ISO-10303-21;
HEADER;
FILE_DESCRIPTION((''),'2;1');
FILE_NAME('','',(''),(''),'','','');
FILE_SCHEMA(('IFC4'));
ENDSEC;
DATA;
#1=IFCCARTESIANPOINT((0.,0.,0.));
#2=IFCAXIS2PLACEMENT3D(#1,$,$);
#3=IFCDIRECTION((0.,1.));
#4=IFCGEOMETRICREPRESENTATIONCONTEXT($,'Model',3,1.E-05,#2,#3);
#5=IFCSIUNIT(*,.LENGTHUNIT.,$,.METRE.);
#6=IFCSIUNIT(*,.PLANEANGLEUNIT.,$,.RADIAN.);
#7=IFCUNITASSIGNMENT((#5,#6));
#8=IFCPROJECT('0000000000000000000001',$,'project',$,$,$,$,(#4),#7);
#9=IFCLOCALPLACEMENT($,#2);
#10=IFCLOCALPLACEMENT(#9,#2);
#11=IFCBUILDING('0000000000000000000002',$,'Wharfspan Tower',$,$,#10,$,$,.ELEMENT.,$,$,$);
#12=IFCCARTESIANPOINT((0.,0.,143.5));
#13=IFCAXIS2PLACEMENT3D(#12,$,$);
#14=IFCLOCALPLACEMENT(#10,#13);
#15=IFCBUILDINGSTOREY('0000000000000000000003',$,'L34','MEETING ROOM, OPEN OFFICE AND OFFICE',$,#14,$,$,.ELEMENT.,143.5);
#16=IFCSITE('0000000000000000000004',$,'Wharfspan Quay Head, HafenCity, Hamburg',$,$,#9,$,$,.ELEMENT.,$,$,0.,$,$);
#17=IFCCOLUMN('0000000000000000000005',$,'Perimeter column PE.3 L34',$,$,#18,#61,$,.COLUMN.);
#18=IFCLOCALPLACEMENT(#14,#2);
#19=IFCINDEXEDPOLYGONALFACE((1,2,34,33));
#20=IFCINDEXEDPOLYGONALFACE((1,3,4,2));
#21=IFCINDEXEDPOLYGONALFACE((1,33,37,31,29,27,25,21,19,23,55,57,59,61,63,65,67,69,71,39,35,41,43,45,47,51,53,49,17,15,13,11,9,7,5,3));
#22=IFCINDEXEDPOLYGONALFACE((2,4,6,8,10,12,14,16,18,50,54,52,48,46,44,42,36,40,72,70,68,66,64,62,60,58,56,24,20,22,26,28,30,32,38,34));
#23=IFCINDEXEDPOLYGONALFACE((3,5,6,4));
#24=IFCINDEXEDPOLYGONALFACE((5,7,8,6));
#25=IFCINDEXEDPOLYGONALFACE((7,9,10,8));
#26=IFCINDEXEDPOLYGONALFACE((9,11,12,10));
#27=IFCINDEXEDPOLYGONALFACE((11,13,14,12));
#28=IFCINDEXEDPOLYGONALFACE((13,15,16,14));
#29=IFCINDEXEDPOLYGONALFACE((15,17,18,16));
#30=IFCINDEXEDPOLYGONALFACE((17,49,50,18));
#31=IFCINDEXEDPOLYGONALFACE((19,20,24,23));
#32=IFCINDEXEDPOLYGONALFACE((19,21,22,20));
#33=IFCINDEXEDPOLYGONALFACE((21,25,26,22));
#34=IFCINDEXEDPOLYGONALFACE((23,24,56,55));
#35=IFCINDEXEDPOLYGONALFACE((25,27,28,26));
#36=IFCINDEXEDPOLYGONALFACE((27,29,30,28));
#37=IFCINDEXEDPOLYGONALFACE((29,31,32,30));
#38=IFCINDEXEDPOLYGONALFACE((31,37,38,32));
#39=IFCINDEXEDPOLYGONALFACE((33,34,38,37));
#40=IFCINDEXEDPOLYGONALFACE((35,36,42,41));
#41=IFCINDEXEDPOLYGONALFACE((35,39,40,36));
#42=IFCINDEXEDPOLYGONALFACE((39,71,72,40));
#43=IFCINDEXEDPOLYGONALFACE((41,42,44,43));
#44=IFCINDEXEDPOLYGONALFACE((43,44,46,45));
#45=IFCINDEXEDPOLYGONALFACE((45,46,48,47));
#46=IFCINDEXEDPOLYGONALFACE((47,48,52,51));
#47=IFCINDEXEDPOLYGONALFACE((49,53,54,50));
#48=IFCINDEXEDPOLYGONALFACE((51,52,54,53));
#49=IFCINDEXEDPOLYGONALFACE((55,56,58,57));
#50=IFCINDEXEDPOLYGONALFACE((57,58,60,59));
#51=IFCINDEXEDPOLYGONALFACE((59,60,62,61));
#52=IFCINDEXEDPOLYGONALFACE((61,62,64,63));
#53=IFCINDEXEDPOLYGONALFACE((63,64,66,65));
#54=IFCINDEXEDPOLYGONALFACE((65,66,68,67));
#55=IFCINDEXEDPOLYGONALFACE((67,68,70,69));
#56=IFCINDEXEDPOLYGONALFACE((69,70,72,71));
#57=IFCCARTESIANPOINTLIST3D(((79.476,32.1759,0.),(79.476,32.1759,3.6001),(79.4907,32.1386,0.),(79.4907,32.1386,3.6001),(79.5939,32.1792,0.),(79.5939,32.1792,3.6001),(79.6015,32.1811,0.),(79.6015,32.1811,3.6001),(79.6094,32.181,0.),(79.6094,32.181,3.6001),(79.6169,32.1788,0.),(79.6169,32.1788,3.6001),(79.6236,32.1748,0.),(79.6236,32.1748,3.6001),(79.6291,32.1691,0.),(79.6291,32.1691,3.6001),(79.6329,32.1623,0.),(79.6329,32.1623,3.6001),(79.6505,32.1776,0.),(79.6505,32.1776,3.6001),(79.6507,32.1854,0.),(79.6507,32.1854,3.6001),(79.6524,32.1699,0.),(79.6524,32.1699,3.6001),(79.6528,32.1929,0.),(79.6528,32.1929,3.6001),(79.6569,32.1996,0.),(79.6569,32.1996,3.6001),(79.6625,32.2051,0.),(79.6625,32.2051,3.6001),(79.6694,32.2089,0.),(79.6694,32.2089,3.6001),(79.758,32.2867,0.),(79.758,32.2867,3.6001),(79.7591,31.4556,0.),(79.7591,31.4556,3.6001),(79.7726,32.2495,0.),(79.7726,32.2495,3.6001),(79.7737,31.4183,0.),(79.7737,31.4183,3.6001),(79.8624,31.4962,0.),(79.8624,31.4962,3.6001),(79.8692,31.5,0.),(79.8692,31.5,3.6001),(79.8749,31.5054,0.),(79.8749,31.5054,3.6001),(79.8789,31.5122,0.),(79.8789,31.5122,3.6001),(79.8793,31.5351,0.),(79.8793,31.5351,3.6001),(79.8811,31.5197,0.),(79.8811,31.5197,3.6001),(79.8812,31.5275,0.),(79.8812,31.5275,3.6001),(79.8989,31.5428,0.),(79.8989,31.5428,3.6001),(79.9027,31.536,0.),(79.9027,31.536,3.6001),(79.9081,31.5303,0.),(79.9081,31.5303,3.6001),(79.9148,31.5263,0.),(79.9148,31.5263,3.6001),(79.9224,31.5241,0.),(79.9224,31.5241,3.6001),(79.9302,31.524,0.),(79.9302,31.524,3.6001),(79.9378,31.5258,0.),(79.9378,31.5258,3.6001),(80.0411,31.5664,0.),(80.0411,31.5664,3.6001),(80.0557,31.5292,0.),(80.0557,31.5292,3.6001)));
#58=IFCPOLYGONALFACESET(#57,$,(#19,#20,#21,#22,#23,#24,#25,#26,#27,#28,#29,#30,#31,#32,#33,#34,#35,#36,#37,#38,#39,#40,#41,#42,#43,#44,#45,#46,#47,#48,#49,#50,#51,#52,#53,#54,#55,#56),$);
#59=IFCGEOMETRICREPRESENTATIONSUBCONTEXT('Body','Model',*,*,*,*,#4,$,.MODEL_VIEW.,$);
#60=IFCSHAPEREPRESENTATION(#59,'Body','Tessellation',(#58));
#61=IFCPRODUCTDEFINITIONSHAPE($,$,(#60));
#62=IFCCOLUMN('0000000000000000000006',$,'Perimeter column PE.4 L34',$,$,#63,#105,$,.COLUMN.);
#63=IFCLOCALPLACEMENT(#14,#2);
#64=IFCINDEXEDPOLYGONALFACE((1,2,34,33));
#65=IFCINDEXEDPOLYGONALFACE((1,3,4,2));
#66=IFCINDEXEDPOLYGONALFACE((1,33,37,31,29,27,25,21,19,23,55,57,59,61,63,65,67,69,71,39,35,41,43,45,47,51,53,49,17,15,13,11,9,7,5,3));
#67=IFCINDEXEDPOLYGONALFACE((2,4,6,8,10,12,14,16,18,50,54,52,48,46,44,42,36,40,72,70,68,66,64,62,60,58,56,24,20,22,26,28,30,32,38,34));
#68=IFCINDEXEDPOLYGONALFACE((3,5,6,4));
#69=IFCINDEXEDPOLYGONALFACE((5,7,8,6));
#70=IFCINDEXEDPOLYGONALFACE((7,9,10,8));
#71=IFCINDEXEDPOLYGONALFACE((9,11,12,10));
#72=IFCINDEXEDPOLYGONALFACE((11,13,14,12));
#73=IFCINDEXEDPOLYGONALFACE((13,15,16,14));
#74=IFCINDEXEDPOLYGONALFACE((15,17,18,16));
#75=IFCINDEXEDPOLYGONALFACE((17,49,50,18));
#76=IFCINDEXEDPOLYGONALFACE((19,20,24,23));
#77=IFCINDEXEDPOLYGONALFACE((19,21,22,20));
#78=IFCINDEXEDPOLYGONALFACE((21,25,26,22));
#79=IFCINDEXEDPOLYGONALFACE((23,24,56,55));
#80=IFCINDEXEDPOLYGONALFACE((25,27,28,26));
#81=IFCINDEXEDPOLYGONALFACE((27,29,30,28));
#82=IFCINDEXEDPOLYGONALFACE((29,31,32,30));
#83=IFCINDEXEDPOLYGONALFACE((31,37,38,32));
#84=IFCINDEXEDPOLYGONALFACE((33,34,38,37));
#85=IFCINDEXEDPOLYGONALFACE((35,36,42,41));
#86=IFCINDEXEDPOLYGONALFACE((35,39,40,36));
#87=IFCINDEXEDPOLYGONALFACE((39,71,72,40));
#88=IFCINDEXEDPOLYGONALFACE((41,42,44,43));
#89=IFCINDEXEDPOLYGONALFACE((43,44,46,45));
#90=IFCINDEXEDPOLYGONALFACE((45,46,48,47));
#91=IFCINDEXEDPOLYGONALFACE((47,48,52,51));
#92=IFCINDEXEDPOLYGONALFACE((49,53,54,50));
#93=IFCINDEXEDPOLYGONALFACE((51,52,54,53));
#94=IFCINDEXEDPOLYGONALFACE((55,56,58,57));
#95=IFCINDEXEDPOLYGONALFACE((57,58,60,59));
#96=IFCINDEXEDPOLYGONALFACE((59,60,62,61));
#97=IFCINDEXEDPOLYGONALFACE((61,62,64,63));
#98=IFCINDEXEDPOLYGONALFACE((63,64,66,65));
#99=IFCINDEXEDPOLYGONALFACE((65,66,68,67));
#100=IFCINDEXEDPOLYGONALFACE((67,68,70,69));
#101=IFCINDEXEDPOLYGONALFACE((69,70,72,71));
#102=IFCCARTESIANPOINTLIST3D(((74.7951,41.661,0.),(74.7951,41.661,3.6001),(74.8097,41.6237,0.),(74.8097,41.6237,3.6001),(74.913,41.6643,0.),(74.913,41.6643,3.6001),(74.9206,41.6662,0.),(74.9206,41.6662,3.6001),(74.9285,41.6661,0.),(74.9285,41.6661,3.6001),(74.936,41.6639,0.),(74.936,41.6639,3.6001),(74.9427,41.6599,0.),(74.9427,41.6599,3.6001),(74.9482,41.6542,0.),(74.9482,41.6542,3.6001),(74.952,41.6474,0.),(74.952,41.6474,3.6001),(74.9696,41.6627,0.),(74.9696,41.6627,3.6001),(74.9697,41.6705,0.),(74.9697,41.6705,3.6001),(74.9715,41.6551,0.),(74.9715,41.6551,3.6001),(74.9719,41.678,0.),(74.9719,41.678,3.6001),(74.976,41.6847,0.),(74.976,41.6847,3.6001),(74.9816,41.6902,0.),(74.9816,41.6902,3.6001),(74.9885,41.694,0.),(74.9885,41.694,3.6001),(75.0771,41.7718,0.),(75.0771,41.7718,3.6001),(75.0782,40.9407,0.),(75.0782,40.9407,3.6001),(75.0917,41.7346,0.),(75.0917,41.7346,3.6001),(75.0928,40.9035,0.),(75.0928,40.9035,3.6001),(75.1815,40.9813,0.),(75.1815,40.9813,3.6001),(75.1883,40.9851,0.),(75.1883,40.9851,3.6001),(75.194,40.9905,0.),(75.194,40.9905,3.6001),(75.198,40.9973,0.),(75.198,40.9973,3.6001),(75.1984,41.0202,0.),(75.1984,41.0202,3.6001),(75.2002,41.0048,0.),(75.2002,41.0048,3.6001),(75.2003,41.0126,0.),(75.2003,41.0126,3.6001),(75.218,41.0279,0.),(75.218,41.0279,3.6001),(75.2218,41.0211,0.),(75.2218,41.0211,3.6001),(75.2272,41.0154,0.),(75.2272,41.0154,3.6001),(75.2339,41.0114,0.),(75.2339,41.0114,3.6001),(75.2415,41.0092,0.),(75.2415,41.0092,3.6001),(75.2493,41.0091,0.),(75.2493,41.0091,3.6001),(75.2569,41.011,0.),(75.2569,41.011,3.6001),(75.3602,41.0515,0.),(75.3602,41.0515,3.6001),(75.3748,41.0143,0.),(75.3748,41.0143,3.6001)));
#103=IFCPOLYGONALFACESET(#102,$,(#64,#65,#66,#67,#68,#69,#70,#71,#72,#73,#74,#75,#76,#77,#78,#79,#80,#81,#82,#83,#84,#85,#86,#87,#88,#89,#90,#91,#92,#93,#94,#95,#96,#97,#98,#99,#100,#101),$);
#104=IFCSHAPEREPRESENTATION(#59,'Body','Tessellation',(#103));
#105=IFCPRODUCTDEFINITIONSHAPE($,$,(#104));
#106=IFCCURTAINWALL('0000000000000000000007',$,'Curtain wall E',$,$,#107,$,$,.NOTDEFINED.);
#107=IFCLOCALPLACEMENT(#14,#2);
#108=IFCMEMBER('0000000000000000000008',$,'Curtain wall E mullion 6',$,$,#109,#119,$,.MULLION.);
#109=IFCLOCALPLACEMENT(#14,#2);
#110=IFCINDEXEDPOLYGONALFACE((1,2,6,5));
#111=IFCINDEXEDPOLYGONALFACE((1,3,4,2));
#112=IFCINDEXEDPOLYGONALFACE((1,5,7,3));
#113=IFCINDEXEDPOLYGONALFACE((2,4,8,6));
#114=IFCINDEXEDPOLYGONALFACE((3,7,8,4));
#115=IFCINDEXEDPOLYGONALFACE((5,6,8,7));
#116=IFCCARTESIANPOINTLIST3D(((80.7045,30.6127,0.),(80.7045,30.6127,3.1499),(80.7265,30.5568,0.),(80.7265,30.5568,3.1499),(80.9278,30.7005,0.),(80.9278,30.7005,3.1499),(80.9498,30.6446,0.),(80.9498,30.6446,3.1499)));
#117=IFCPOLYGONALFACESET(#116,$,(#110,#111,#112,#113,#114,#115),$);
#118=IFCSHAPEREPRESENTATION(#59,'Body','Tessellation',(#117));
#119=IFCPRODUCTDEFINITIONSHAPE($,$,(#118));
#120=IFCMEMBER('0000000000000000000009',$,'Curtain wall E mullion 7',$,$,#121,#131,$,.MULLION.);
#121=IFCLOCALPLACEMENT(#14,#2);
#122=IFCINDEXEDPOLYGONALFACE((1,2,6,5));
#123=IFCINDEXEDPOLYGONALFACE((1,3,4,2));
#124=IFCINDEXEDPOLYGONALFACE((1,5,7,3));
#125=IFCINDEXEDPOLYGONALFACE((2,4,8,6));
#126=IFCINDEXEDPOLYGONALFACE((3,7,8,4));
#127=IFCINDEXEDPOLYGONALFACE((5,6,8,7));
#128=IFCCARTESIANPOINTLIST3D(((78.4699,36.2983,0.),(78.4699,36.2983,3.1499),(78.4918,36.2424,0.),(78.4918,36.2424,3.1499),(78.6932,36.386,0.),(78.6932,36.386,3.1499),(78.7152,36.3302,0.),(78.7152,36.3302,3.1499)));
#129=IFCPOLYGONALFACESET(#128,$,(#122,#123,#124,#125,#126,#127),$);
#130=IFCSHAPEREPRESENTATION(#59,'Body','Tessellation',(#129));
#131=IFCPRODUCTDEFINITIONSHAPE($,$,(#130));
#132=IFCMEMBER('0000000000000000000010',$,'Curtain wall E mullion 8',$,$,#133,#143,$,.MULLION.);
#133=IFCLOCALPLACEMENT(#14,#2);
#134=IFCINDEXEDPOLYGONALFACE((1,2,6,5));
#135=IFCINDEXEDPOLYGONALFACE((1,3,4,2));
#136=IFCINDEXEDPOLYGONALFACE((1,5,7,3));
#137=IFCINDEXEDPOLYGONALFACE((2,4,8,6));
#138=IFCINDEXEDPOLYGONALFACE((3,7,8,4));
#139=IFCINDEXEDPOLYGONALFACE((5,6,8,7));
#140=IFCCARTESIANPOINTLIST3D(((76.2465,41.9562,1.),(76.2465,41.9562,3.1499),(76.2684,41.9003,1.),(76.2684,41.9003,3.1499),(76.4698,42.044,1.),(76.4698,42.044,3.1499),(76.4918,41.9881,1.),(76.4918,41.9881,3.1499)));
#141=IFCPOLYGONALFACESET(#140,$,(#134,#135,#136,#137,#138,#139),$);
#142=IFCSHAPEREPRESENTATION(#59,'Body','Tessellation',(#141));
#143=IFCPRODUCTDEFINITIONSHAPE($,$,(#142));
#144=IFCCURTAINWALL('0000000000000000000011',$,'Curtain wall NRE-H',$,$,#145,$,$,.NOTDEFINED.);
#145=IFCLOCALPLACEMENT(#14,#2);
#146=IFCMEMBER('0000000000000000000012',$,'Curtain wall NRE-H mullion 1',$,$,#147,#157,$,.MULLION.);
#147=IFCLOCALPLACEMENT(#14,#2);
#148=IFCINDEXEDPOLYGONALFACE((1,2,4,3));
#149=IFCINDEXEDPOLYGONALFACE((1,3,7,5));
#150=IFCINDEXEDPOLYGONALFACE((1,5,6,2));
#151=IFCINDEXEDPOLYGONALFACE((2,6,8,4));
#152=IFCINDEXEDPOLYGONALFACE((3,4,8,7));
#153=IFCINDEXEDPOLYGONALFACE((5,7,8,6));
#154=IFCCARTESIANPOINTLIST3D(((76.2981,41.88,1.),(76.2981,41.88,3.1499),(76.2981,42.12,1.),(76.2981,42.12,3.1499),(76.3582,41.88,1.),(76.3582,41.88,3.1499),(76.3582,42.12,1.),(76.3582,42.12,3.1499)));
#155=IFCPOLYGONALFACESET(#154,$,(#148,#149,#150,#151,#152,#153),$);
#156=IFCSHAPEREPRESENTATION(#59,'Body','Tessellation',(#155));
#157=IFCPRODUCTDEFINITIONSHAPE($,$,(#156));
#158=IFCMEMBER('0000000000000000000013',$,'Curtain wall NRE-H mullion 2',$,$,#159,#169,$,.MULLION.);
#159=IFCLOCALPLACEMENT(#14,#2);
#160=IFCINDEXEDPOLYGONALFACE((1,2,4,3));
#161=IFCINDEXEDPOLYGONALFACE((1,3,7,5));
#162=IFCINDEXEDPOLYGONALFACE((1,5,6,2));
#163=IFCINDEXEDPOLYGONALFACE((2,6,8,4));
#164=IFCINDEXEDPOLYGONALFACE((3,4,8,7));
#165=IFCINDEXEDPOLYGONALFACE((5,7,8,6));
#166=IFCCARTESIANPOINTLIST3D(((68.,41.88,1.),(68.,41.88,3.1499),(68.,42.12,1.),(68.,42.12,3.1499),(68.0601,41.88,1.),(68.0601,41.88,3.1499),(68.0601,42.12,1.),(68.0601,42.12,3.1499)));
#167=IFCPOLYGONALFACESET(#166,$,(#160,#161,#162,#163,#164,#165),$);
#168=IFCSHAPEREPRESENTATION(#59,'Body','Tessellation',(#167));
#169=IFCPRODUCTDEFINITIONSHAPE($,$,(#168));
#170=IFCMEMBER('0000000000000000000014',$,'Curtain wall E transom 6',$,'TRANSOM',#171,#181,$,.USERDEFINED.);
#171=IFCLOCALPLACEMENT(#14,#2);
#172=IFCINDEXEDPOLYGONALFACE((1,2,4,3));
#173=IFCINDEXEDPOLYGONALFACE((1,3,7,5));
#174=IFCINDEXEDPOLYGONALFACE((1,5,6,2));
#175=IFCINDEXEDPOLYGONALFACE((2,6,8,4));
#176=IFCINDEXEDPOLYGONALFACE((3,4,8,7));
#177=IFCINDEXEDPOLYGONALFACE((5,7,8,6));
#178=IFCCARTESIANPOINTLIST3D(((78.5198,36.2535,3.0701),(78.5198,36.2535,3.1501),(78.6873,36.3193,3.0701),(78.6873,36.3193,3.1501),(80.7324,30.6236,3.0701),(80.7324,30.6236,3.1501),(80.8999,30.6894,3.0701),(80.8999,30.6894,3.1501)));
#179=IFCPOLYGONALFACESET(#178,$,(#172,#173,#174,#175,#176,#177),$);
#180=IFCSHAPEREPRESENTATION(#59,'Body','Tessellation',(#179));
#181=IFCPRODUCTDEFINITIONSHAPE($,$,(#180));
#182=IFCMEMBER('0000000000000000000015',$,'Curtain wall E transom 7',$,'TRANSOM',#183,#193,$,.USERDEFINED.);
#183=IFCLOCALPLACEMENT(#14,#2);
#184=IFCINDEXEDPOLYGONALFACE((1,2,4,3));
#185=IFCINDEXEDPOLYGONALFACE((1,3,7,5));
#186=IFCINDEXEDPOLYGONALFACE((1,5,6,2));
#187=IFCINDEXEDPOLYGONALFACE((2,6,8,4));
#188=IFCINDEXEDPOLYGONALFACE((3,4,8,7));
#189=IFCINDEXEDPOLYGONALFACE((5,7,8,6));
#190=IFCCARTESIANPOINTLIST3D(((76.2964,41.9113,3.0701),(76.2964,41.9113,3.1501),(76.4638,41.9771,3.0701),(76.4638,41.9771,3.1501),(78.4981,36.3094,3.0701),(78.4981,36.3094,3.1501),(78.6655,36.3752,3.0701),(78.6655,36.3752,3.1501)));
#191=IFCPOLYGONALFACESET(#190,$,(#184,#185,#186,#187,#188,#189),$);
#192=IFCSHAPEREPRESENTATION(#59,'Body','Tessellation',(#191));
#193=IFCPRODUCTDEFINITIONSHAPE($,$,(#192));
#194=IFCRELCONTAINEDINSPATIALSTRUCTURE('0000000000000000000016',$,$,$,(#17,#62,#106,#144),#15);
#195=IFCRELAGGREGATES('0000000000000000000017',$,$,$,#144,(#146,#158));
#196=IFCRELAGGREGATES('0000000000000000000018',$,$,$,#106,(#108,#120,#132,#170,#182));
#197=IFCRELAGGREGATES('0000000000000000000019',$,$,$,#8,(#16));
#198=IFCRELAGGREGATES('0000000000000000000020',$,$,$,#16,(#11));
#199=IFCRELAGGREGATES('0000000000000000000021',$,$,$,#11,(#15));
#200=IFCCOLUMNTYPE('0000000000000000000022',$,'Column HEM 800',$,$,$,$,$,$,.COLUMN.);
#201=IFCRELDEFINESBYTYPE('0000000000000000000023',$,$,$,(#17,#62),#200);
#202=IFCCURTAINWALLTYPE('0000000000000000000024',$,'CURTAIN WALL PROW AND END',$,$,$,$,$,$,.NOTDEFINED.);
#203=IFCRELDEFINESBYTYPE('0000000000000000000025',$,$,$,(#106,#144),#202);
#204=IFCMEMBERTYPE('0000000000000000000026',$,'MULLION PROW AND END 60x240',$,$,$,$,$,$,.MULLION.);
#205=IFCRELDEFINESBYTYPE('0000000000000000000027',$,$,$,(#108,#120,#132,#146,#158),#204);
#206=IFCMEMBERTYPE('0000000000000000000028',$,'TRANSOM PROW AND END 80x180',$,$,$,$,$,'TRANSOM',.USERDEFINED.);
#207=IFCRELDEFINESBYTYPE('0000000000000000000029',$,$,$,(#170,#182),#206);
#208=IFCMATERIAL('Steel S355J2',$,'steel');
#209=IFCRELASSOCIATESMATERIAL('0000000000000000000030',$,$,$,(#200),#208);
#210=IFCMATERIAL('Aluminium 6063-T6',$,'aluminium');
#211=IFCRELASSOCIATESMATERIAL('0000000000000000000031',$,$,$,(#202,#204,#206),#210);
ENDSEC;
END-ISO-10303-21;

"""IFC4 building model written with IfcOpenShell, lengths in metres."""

from ifc_helpers import new_model, si_unit, direction, frame, origin, origin_2d, place, context, subcontext, project, spatial, rectangle, i_section, extrude, material, material_profile, profile_set, type_object, element, aggregate, save


model = new_model("IFC4")

# Units and contexts
model_context = context("Model", 3, precision=1e-05, world=origin(), true_north=direction((0.0, 1.0)))
body_context = subcontext(model_context, "Body", "Model", "MODEL_VIEW")
ifc_project = project(units=[si_unit("LENGTHUNIT", "METRE"), si_unit("PLANEANGLEUNIT", "RADIAN")], contexts=[model_context])

# Site, building, storey
site_placement = place(None, origin())
site = spatial("IfcSite", under=ifc_project, at=site_placement, Name="Wharfspan Quay Head, HafenCity, Hamburg", CompositionType="ELEMENT", RefElevation=0.0)
building_placement = place(site_placement, origin())
building = spatial("IfcBuilding", under=site, at=building_placement, Name="Wharfspan Tower", CompositionType="ELEMENT")
storey_placement = place(building_placement, frame((0.0, 0.0, 143.5)))
storey = spatial("IfcBuildingStorey", under=building, at=storey_placement, Name="L34", Description="MEETING ROOM, OPEN OFFICE AND OFFICE", CompositionType="ELEMENT", Elevation=143.5)

# Columns
ifc_material_1 = material(Name="Steel S355J2", Category="steel")
ifc_material_profile_1 = material_profile(ifc_material_1, i_section(OverallWidth=0.303, OverallDepth=0.814, WebThickness=0.021, FlangeThickness=0.04, FilletRadius=0.03, at=origin_2d()))
ifc_profile_set_1 = profile_set([ifc_material_profile_1], Name="Steel S355J2")
column_type = type_object("IfcColumnType", Name="Column HEM 800", PredefinedType="COLUMN", material=ifc_profile_set_1)
for number, where, z_axis, x_axis, name in (
    (1, (79.7659, 31.8525, 0.0), (0.0, 0.0, 1.0), (0.930702, 0.365778, 0.0), "Perimeter column PE.3 L34"),
    (2, (75.085, 41.3376, 0.0), (0.0, 0.0, 1.0), (0.930702, 0.365778, 0.0), "Perimeter column PE.4 L34"),
):
    element("IfcColumn", number, at=place(storey_placement, frame(where, z_axis=z_axis, x_axis=x_axis)), inside=storey, type_object=column_type, Name=name, PredefinedType="COLUMN", context=body_context, shape_type="SweptSolid", body=[
        extrude(i_section(OverallWidth=0.303, OverallDepth=0.814, WebThickness=0.021, FlangeThickness=0.04, FilletRadius=0.03, at=origin_2d()), origin(), (0.0, 0.0, 1.0), 3.6001),
    ])

# Curtain walls, members
ifc_material_2 = material(Name="Aluminium 6063-T6", Category="aluminium")
curtain_wall_type = type_object("IfcCurtainWallType", Name="CURTAIN WALL PROW AND END", PredefinedType="NOTDEFINED", material=ifc_material_2)
curtain_wall_1_placement = place(storey_placement, origin())
curtain_wall_1 = element("IfcCurtainWall", 3, at=curtain_wall_1_placement, inside=storey, type_object=curtain_wall_type, Name="Curtain wall E", PredefinedType="NOTDEFINED")
ifc_material_profile_2 = material_profile(ifc_material_2, rectangle(XDim=0.24, YDim=0.0601, at=origin_2d()))
ifc_profile_set_2 = profile_set([ifc_material_profile_2], Name="Aluminium 6063-T6")
member_type_1 = type_object("IfcMemberType", Name="MULLION PROW AND END 60x240", PredefinedType="MULLION", material=ifc_profile_set_2)
member_1_placement = place(storey_placement, frame((80.8271, 30.6287, 0.0), z_axis=(0.0, 0.0, 1.0), x_axis=(-0.930702, -0.365778, 0.0)))
member_1 = element("IfcMember", 4, at=member_1_placement, type_object=member_type_1, Name="Curtain wall E mullion 6", PredefinedType="MULLION", context=body_context, shape_type="SweptSolid", body=[
    extrude(rectangle(XDim=0.24, YDim=0.0601, at=origin_2d()), origin(), (0.0, 0.0, 1.0), 3.1499),
])
member_2_placement = place(storey_placement, frame((78.5925, 36.3142, 0.0), z_axis=(0.0, 0.0, 1.0), x_axis=(-0.930702, -0.365778, 0.0)))
member_2 = element("IfcMember", 5, at=member_2_placement, type_object=member_type_1, Name="Curtain wall E mullion 7", PredefinedType="MULLION", context=body_context, shape_type="SweptSolid", body=[
    extrude(rectangle(XDim=0.24, YDim=0.0601, at=origin_2d()), origin(), (0.0, 0.0, 1.0), 3.1499),
])
member_3_placement = place(storey_placement, frame((76.3691, 41.9722, 1.0), z_axis=(0.0, 0.0, 1.0), x_axis=(-0.930702, -0.365778, 0.0)))
member_3 = element("IfcMember", 6, at=member_3_placement, type_object=member_type_1, Name="Curtain wall E mullion 8", PredefinedType="MULLION", context=body_context, shape_type="SweptSolid", body=[
    extrude(rectangle(XDim=0.24, YDim=0.0601, at=origin_2d()), origin(), (0.0, 0.0, 1.0), 2.1499),
])
curtain_wall_2_placement = place(storey_placement, origin())
curtain_wall_2 = element("IfcCurtainWall", 7, at=curtain_wall_2_placement, inside=storey, type_object=curtain_wall_type, Name="Curtain wall NRE-H", PredefinedType="NOTDEFINED")
member_4_placement = place(storey_placement, frame((76.3281, 42.0, 1.0), z_axis=(0.0, 0.0, 1.0), x_axis=(0.0, -1.0, 0.0)))
member_4 = element("IfcMember", 8, at=member_4_placement, type_object=member_type_1, Name="Curtain wall NRE-H mullion 1", PredefinedType="MULLION", context=body_context, shape_type="SweptSolid", body=[
    extrude(rectangle(XDim=0.24, YDim=0.0601, at=origin_2d()), origin(), (0.0, 0.0, 1.0), 2.1499),
])
member_5_placement = place(storey_placement, frame((68.03, 42.0, 1.0), z_axis=(0.0, 0.0, 1.0), x_axis=(0.0, -1.0, 0.0)))
member_5 = element("IfcMember", 9, at=member_5_placement, type_object=member_type_1, Name="Curtain wall NRE-H mullion 2", PredefinedType="MULLION", context=body_context, shape_type="SweptSolid", body=[
    extrude(rectangle(XDim=0.24, YDim=0.0601, at=origin_2d()), origin(), (0.0, 0.0, 1.0), 2.1499),
])

# Members
ifc_material_profile_3 = material_profile(ifc_material_2, rectangle(XDim=0.1799, YDim=0.0801, at=origin_2d()))
ifc_profile_set_3 = profile_set([ifc_material_profile_3], Name="Aluminium 6063-T6")
member_type_2 = type_object("IfcMemberType", Name="TRANSOM PROW AND END 80x180", ElementType="TRANSOM", PredefinedType="USERDEFINED", material=ifc_profile_set_3)
member_6_placement = place(storey_placement, frame((80.8162, 30.6565, 3.1101), z_axis=(-0.365782, 0.9307, 0.0), x_axis=(-0.9307, -0.365782, 0.0)))
member_6 = element("IfcMember", 10, at=member_6_placement, type_object=member_type_2, Name="Curtain wall E transom 6", ObjectType="TRANSOM", PredefinedType="USERDEFINED", context=body_context, shape_type="SweptSolid", body=[
    extrude(rectangle(XDim=0.1799, YDim=0.0801, at=origin_2d()), origin(), (0.0, 0.0, 1.0), 6.0491),
])
member_7_placement = place(storey_placement, frame((78.5818, 36.3423, 3.1101), z_axis=(-0.365789, 0.930698, 0.0), x_axis=(-0.930698, -0.365789, 0.0)))
member_7 = element("IfcMember", 11, at=member_7_placement, type_object=member_type_2, Name="Curtain wall E transom 7", ObjectType="TRANSOM", PredefinedType="USERDEFINED", context=body_context, shape_type="SweptSolid", body=[
    extrude(rectangle(XDim=0.1799, YDim=0.0801, at=origin_2d()), origin(), (0.0, 0.0, 1.0), 6.019),
])

aggregate(curtain_wall_2, [member_4, member_5])
aggregate(curtain_wall_1, [member_1, member_2, member_3, member_6, member_7])

save(model, "model.ifc")
